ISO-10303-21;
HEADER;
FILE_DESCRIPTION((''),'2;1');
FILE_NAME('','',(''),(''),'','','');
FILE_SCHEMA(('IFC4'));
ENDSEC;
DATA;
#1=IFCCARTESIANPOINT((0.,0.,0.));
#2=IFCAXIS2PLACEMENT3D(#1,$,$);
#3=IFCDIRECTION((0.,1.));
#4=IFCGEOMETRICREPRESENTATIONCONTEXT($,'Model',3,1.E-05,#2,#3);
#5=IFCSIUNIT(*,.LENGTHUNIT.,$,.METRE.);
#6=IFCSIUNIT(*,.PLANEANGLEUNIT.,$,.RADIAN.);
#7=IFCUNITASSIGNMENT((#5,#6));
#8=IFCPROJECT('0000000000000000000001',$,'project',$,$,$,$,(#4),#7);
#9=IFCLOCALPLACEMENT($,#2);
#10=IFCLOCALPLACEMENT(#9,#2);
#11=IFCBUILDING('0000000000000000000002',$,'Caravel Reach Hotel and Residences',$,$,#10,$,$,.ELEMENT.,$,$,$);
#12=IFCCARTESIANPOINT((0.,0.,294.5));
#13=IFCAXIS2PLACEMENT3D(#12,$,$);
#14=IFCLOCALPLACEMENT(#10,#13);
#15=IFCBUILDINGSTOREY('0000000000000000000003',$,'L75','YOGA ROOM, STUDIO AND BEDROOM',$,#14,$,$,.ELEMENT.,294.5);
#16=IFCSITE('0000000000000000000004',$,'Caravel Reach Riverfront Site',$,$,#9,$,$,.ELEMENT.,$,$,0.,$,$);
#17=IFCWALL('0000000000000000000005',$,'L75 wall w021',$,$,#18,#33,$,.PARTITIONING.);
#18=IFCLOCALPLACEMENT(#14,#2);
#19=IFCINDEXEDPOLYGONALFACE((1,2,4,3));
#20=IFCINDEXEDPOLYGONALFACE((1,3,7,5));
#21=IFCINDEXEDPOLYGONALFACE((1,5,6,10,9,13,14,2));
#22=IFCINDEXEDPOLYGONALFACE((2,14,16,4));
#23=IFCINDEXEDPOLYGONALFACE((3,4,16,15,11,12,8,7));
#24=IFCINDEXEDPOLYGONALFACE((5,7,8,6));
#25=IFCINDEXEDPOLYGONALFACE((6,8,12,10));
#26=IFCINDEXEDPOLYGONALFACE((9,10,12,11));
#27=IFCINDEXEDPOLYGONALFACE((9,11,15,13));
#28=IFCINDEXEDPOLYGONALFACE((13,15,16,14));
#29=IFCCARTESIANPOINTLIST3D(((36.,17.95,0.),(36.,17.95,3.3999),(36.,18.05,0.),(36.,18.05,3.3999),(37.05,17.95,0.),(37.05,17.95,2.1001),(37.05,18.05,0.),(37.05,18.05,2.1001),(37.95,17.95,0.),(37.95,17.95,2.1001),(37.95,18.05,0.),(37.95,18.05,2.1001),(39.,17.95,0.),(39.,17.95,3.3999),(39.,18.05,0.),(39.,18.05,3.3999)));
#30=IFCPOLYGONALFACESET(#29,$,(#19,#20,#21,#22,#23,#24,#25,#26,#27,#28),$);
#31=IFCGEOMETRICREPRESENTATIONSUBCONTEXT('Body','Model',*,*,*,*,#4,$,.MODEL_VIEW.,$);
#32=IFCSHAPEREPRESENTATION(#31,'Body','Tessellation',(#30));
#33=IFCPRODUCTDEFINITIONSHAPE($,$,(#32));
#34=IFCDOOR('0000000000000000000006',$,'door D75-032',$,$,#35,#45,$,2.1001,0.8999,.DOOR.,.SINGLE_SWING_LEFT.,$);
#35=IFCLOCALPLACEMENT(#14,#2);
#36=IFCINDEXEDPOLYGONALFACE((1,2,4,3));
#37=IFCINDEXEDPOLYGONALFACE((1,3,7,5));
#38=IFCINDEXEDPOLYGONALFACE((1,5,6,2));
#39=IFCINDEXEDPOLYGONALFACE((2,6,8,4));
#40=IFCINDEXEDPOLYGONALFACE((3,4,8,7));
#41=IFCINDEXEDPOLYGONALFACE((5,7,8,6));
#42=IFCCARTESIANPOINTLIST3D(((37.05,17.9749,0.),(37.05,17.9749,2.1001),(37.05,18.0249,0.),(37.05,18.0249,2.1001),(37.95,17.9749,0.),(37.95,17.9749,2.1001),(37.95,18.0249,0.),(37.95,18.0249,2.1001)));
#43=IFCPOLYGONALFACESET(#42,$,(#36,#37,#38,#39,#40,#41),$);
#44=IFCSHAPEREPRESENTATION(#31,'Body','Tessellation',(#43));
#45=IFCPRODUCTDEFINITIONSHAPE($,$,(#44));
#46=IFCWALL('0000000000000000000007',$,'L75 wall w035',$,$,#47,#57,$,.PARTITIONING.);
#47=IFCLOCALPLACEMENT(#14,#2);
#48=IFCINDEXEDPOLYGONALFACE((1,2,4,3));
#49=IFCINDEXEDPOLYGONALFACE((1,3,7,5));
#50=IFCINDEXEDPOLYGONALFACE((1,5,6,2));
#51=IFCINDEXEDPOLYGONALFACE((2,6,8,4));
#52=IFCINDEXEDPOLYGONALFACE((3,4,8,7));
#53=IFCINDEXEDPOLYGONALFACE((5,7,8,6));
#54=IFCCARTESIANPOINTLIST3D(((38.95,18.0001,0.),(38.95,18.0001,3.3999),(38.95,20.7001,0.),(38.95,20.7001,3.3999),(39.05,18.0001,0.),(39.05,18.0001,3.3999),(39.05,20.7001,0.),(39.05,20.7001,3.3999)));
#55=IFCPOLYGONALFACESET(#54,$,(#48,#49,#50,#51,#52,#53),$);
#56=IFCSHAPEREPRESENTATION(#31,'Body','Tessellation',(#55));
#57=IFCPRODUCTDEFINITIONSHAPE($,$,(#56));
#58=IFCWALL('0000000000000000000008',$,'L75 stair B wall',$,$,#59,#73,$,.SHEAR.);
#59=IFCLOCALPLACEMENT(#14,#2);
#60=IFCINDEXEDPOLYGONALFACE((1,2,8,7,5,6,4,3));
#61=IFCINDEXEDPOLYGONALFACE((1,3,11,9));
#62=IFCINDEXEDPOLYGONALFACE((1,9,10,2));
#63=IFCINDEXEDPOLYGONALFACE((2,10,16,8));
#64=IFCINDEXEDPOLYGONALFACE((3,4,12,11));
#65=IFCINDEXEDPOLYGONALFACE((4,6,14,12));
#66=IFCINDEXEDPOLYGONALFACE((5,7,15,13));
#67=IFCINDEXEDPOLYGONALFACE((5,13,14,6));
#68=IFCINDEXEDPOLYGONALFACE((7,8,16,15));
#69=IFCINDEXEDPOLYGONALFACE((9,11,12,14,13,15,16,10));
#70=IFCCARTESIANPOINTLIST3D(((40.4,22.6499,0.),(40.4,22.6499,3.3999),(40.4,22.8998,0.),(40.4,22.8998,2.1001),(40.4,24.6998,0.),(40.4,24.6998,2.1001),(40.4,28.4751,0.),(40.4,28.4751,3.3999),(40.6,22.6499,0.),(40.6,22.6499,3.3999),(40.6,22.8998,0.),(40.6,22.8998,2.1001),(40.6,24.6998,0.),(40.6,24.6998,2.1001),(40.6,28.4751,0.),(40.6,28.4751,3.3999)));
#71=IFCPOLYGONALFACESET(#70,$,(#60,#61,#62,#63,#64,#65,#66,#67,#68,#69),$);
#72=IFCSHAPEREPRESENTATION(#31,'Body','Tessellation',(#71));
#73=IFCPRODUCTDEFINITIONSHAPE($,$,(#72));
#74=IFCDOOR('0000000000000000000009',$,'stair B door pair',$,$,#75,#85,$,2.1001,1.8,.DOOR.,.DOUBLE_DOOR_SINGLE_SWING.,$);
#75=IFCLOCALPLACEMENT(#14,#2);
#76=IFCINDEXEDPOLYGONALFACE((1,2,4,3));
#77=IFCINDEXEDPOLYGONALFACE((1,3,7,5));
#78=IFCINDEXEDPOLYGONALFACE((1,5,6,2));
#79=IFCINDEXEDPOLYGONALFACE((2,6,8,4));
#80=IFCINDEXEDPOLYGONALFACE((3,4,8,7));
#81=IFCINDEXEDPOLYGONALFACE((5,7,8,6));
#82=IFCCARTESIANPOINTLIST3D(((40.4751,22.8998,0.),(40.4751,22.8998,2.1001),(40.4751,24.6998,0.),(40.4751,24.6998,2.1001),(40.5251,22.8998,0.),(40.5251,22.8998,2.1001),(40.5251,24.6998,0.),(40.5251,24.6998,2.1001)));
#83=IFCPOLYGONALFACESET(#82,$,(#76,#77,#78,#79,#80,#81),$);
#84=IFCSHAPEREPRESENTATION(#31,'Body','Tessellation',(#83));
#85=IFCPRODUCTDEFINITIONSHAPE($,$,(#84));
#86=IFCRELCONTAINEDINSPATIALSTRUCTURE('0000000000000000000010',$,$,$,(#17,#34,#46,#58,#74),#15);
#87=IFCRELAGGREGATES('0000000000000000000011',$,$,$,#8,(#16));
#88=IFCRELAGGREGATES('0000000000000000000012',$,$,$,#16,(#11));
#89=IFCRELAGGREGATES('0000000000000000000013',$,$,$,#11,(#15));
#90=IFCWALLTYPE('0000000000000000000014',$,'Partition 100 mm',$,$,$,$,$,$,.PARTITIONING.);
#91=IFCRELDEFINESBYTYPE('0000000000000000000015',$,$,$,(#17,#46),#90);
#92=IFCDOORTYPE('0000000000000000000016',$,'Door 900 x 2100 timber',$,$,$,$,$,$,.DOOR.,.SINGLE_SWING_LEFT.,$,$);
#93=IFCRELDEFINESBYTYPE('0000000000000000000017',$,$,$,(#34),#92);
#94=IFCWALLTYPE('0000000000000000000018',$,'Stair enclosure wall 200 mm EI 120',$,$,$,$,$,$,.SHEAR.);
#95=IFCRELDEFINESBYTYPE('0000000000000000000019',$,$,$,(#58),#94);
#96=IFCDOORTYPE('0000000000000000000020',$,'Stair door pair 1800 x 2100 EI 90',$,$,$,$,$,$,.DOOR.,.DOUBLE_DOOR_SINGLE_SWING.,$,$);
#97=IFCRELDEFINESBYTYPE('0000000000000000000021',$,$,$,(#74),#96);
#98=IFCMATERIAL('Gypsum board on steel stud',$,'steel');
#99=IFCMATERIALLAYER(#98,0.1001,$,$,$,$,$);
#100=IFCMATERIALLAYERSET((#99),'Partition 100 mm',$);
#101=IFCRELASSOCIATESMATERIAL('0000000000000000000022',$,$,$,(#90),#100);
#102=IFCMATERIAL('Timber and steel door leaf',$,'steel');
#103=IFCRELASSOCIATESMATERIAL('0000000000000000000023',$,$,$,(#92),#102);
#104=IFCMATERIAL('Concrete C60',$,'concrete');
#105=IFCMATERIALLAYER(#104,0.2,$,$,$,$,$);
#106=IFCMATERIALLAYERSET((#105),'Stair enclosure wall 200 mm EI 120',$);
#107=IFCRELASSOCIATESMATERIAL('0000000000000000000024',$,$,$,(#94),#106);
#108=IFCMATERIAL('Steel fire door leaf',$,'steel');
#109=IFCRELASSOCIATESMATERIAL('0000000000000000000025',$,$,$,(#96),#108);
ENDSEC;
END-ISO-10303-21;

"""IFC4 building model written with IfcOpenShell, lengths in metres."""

from ifc_helpers import new_model, si_unit, direction, frame, frame_2d, origin, place, context, subcontext, project, spatial, rectangle, extrude, material, layer, layer_set, type_object, element, fill, save


model = new_model("IFC4")

# Units and contexts
model_context = context("Model", 3, precision=1e-05, world=origin(), true_north=direction((0.0, 1.0)))
body_context = subcontext(model_context, "Body", "Model", "MODEL_VIEW")
ifc_project = project(units=[si_unit("LENGTHUNIT", "METRE"), si_unit("PLANEANGLEUNIT", "RADIAN")], contexts=[model_context])

# Site, building, storey
site_placement = place(None, origin())
site = spatial("IfcSite", under=ifc_project, at=site_placement, Name="Caravel Reach Riverfront Site", CompositionType="ELEMENT", RefElevation=0.0)
building_placement = place(site_placement, origin())
building = spatial("IfcBuilding", under=site, at=building_placement, Name="Caravel Reach Hotel and Residences", CompositionType="ELEMENT")
storey_placement = place(building_placement, frame((0.0, 0.0, 294.5)))
storey = spatial("IfcBuildingStorey", under=building, at=storey_placement, Name="L75", Description="YOGA ROOM, STUDIO AND BEDROOM", CompositionType="ELEMENT", Elevation=294.5)

# Shared definitions
ifc_material_1 = material(Name="Gypsum board on steel stud", Category="steel")
ifc_layer_1 = layer(ifc_material_1, 0.1001)
ifc_layer_set_1 = layer_set([ifc_layer_1], Name="Partition 100 mm")
wall_type_1 = type_object("IfcWallType", Name="Partition 100 mm", PredefinedType="PARTITIONING", material=ifc_layer_set_1)

# Wall, opening, door
wall_1_placement = place(storey_placement, frame((36.0, 18.0, 0.0), z_axis=(0.0, 0.0, 1.0), x_axis=(1.0, 0.0, 0.0)))
wall_1 = element("IfcWall", 1, at=wall_1_placement, inside=storey, type_object=wall_type_1, Name="L75 wall w021", PredefinedType="PARTITIONING", context=body_context, shape_type="SweptSolid", body=[
    extrude(rectangle(XDim=3.0, YDim=0.1001, at=frame_2d((1.5, 0.0))), origin(), (0.0, 0.0, 1.0), 3.3999),
])
opening_1_placement = place(wall_1_placement, frame((1.05, 0.0, 0.0)))
opening_1 = element("IfcOpeningElement", 2, at=opening_1_placement, cuts=wall_1, PredefinedType="OPENING", context=body_context, shape_type="SweptSolid", body=[
    extrude(rectangle(XDim=0.8999, YDim=2.1001, at=frame_2d((0.45, 1.05))), frame((0.0, 0.0601, 0.0), z_axis=(0.0, -1.0, 0.0), x_axis=(1.0, 0.0, 0.0)), (0.0, 0.0, 1.0), 0.1201),
])
ifc_material_2 = material(Name="Timber and steel door leaf", Category="steel")
door_type_1 = type_object("IfcDoorType", Name="Door 900 x 2100 timber", OperationType="SINGLE_SWING_LEFT", PredefinedType="DOOR", material=ifc_material_2)
door_1_placement = place(opening_1_placement, origin())
door_1 = element("IfcDoor", 3, at=door_1_placement, inside=storey, type_object=door_type_1, Name="door D75-032", OperationType="SINGLE_SWING_LEFT", OverallHeight=2.1001, OverallWidth=0.8999, PredefinedType="DOOR", context=body_context, shape_type="SweptSolid", body=[
    extrude(rectangle(XDim=0.8999, YDim=2.1001, at=frame_2d((0.45, 1.05))), frame((0.0, 0.0249, 0.0), z_axis=(0.0, -1.0, 0.0), x_axis=(1.0, 0.0, 0.0)), (0.0, 0.0, 1.0), 0.05),
])
fill(opening_1, door_1)

# Wall
wall_2_placement = place(storey_placement, frame((39.0, 18.0, 0.0), z_axis=(0.0, 0.0, 1.0), x_axis=(0.0, 1.0, 0.0)))
element("IfcWall", 4, at=wall_2_placement, inside=storey, type_object=wall_type_1, Name="L75 wall w035", PredefinedType="PARTITIONING", context=body_context, shape_type="SweptSolid", body=[
    extrude(rectangle(XDim=2.7, YDim=0.1001, at=frame_2d((1.3501, 0.0))), origin(), (0.0, 0.0, 1.0), 3.3999),
])

# Wall, opening, door
ifc_material_3 = material(Name="Concrete C60", Category="concrete")
ifc_layer_2 = layer(ifc_material_3, 0.2)
ifc_layer_set_2 = layer_set([ifc_layer_2], Name="Stair enclosure wall 200 mm EI 120")
wall_type_2 = type_object("IfcWallType", Name="Stair enclosure wall 200 mm EI 120", PredefinedType="SHEAR", material=ifc_layer_set_2)
wall_3_placement = place(storey_placement, frame((40.5, 22.6499, 0.0), z_axis=(0.0, 0.0, 1.0), x_axis=(0.0, 1.0, 0.0)))
wall_3 = element("IfcWall", 5, at=wall_3_placement, inside=storey, type_object=wall_type_2, Name="L75 stair B wall", PredefinedType="SHEAR", context=body_context, shape_type="SweptSolid", body=[
    extrude(rectangle(XDim=5.8252, YDim=0.2, at=frame_2d((2.9126, 0.0))), origin(), (0.0, 0.0, 1.0), 3.3999),
])
opening_2_placement = place(wall_3_placement, frame((0.25, 0.0, 0.0)))
opening_2 = element("IfcOpeningElement", 6, at=opening_2_placement, cuts=wall_3, PredefinedType="OPENING", context=body_context, shape_type="SweptSolid", body=[
    extrude(rectangle(XDim=1.8, YDim=2.1001, at=frame_2d((0.8999, 1.05))), frame((0.0, 0.1099, 0.0), z_axis=(0.0, -1.0, 0.0), x_axis=(1.0, 0.0, 0.0)), (0.0, 0.0, 1.0), 0.22),
])
ifc_material_4 = material(Name="Steel fire door leaf", Category="steel")
door_type_2 = type_object("IfcDoorType", Name="Stair door pair 1800 x 2100 EI 90", OperationType="DOUBLE_DOOR_SINGLE_SWING", PredefinedType="DOOR", material=ifc_material_4)
door_2_placement = place(opening_2_placement, origin())
door_2 = element("IfcDoor", 7, at=door_2_placement, inside=storey, type_object=door_type_2, Name="stair B door pair", OperationType="DOUBLE_DOOR_SINGLE_SWING", OverallHeight=2.1001, OverallWidth=1.8, PredefinedType="DOOR", context=body_context, shape_type="SweptSolid", body=[
    extrude(rectangle(XDim=1.8, YDim=2.1001, at=frame_2d((0.8999, 1.05))), frame((0.0, 0.0249, 0.0), z_axis=(0.0, -1.0, 0.0), x_axis=(1.0, 0.0, 0.0)), (0.0, 0.0, 1.0), 0.05),
])
fill(opening_2, door_2)

save(model, "model.ifc")
